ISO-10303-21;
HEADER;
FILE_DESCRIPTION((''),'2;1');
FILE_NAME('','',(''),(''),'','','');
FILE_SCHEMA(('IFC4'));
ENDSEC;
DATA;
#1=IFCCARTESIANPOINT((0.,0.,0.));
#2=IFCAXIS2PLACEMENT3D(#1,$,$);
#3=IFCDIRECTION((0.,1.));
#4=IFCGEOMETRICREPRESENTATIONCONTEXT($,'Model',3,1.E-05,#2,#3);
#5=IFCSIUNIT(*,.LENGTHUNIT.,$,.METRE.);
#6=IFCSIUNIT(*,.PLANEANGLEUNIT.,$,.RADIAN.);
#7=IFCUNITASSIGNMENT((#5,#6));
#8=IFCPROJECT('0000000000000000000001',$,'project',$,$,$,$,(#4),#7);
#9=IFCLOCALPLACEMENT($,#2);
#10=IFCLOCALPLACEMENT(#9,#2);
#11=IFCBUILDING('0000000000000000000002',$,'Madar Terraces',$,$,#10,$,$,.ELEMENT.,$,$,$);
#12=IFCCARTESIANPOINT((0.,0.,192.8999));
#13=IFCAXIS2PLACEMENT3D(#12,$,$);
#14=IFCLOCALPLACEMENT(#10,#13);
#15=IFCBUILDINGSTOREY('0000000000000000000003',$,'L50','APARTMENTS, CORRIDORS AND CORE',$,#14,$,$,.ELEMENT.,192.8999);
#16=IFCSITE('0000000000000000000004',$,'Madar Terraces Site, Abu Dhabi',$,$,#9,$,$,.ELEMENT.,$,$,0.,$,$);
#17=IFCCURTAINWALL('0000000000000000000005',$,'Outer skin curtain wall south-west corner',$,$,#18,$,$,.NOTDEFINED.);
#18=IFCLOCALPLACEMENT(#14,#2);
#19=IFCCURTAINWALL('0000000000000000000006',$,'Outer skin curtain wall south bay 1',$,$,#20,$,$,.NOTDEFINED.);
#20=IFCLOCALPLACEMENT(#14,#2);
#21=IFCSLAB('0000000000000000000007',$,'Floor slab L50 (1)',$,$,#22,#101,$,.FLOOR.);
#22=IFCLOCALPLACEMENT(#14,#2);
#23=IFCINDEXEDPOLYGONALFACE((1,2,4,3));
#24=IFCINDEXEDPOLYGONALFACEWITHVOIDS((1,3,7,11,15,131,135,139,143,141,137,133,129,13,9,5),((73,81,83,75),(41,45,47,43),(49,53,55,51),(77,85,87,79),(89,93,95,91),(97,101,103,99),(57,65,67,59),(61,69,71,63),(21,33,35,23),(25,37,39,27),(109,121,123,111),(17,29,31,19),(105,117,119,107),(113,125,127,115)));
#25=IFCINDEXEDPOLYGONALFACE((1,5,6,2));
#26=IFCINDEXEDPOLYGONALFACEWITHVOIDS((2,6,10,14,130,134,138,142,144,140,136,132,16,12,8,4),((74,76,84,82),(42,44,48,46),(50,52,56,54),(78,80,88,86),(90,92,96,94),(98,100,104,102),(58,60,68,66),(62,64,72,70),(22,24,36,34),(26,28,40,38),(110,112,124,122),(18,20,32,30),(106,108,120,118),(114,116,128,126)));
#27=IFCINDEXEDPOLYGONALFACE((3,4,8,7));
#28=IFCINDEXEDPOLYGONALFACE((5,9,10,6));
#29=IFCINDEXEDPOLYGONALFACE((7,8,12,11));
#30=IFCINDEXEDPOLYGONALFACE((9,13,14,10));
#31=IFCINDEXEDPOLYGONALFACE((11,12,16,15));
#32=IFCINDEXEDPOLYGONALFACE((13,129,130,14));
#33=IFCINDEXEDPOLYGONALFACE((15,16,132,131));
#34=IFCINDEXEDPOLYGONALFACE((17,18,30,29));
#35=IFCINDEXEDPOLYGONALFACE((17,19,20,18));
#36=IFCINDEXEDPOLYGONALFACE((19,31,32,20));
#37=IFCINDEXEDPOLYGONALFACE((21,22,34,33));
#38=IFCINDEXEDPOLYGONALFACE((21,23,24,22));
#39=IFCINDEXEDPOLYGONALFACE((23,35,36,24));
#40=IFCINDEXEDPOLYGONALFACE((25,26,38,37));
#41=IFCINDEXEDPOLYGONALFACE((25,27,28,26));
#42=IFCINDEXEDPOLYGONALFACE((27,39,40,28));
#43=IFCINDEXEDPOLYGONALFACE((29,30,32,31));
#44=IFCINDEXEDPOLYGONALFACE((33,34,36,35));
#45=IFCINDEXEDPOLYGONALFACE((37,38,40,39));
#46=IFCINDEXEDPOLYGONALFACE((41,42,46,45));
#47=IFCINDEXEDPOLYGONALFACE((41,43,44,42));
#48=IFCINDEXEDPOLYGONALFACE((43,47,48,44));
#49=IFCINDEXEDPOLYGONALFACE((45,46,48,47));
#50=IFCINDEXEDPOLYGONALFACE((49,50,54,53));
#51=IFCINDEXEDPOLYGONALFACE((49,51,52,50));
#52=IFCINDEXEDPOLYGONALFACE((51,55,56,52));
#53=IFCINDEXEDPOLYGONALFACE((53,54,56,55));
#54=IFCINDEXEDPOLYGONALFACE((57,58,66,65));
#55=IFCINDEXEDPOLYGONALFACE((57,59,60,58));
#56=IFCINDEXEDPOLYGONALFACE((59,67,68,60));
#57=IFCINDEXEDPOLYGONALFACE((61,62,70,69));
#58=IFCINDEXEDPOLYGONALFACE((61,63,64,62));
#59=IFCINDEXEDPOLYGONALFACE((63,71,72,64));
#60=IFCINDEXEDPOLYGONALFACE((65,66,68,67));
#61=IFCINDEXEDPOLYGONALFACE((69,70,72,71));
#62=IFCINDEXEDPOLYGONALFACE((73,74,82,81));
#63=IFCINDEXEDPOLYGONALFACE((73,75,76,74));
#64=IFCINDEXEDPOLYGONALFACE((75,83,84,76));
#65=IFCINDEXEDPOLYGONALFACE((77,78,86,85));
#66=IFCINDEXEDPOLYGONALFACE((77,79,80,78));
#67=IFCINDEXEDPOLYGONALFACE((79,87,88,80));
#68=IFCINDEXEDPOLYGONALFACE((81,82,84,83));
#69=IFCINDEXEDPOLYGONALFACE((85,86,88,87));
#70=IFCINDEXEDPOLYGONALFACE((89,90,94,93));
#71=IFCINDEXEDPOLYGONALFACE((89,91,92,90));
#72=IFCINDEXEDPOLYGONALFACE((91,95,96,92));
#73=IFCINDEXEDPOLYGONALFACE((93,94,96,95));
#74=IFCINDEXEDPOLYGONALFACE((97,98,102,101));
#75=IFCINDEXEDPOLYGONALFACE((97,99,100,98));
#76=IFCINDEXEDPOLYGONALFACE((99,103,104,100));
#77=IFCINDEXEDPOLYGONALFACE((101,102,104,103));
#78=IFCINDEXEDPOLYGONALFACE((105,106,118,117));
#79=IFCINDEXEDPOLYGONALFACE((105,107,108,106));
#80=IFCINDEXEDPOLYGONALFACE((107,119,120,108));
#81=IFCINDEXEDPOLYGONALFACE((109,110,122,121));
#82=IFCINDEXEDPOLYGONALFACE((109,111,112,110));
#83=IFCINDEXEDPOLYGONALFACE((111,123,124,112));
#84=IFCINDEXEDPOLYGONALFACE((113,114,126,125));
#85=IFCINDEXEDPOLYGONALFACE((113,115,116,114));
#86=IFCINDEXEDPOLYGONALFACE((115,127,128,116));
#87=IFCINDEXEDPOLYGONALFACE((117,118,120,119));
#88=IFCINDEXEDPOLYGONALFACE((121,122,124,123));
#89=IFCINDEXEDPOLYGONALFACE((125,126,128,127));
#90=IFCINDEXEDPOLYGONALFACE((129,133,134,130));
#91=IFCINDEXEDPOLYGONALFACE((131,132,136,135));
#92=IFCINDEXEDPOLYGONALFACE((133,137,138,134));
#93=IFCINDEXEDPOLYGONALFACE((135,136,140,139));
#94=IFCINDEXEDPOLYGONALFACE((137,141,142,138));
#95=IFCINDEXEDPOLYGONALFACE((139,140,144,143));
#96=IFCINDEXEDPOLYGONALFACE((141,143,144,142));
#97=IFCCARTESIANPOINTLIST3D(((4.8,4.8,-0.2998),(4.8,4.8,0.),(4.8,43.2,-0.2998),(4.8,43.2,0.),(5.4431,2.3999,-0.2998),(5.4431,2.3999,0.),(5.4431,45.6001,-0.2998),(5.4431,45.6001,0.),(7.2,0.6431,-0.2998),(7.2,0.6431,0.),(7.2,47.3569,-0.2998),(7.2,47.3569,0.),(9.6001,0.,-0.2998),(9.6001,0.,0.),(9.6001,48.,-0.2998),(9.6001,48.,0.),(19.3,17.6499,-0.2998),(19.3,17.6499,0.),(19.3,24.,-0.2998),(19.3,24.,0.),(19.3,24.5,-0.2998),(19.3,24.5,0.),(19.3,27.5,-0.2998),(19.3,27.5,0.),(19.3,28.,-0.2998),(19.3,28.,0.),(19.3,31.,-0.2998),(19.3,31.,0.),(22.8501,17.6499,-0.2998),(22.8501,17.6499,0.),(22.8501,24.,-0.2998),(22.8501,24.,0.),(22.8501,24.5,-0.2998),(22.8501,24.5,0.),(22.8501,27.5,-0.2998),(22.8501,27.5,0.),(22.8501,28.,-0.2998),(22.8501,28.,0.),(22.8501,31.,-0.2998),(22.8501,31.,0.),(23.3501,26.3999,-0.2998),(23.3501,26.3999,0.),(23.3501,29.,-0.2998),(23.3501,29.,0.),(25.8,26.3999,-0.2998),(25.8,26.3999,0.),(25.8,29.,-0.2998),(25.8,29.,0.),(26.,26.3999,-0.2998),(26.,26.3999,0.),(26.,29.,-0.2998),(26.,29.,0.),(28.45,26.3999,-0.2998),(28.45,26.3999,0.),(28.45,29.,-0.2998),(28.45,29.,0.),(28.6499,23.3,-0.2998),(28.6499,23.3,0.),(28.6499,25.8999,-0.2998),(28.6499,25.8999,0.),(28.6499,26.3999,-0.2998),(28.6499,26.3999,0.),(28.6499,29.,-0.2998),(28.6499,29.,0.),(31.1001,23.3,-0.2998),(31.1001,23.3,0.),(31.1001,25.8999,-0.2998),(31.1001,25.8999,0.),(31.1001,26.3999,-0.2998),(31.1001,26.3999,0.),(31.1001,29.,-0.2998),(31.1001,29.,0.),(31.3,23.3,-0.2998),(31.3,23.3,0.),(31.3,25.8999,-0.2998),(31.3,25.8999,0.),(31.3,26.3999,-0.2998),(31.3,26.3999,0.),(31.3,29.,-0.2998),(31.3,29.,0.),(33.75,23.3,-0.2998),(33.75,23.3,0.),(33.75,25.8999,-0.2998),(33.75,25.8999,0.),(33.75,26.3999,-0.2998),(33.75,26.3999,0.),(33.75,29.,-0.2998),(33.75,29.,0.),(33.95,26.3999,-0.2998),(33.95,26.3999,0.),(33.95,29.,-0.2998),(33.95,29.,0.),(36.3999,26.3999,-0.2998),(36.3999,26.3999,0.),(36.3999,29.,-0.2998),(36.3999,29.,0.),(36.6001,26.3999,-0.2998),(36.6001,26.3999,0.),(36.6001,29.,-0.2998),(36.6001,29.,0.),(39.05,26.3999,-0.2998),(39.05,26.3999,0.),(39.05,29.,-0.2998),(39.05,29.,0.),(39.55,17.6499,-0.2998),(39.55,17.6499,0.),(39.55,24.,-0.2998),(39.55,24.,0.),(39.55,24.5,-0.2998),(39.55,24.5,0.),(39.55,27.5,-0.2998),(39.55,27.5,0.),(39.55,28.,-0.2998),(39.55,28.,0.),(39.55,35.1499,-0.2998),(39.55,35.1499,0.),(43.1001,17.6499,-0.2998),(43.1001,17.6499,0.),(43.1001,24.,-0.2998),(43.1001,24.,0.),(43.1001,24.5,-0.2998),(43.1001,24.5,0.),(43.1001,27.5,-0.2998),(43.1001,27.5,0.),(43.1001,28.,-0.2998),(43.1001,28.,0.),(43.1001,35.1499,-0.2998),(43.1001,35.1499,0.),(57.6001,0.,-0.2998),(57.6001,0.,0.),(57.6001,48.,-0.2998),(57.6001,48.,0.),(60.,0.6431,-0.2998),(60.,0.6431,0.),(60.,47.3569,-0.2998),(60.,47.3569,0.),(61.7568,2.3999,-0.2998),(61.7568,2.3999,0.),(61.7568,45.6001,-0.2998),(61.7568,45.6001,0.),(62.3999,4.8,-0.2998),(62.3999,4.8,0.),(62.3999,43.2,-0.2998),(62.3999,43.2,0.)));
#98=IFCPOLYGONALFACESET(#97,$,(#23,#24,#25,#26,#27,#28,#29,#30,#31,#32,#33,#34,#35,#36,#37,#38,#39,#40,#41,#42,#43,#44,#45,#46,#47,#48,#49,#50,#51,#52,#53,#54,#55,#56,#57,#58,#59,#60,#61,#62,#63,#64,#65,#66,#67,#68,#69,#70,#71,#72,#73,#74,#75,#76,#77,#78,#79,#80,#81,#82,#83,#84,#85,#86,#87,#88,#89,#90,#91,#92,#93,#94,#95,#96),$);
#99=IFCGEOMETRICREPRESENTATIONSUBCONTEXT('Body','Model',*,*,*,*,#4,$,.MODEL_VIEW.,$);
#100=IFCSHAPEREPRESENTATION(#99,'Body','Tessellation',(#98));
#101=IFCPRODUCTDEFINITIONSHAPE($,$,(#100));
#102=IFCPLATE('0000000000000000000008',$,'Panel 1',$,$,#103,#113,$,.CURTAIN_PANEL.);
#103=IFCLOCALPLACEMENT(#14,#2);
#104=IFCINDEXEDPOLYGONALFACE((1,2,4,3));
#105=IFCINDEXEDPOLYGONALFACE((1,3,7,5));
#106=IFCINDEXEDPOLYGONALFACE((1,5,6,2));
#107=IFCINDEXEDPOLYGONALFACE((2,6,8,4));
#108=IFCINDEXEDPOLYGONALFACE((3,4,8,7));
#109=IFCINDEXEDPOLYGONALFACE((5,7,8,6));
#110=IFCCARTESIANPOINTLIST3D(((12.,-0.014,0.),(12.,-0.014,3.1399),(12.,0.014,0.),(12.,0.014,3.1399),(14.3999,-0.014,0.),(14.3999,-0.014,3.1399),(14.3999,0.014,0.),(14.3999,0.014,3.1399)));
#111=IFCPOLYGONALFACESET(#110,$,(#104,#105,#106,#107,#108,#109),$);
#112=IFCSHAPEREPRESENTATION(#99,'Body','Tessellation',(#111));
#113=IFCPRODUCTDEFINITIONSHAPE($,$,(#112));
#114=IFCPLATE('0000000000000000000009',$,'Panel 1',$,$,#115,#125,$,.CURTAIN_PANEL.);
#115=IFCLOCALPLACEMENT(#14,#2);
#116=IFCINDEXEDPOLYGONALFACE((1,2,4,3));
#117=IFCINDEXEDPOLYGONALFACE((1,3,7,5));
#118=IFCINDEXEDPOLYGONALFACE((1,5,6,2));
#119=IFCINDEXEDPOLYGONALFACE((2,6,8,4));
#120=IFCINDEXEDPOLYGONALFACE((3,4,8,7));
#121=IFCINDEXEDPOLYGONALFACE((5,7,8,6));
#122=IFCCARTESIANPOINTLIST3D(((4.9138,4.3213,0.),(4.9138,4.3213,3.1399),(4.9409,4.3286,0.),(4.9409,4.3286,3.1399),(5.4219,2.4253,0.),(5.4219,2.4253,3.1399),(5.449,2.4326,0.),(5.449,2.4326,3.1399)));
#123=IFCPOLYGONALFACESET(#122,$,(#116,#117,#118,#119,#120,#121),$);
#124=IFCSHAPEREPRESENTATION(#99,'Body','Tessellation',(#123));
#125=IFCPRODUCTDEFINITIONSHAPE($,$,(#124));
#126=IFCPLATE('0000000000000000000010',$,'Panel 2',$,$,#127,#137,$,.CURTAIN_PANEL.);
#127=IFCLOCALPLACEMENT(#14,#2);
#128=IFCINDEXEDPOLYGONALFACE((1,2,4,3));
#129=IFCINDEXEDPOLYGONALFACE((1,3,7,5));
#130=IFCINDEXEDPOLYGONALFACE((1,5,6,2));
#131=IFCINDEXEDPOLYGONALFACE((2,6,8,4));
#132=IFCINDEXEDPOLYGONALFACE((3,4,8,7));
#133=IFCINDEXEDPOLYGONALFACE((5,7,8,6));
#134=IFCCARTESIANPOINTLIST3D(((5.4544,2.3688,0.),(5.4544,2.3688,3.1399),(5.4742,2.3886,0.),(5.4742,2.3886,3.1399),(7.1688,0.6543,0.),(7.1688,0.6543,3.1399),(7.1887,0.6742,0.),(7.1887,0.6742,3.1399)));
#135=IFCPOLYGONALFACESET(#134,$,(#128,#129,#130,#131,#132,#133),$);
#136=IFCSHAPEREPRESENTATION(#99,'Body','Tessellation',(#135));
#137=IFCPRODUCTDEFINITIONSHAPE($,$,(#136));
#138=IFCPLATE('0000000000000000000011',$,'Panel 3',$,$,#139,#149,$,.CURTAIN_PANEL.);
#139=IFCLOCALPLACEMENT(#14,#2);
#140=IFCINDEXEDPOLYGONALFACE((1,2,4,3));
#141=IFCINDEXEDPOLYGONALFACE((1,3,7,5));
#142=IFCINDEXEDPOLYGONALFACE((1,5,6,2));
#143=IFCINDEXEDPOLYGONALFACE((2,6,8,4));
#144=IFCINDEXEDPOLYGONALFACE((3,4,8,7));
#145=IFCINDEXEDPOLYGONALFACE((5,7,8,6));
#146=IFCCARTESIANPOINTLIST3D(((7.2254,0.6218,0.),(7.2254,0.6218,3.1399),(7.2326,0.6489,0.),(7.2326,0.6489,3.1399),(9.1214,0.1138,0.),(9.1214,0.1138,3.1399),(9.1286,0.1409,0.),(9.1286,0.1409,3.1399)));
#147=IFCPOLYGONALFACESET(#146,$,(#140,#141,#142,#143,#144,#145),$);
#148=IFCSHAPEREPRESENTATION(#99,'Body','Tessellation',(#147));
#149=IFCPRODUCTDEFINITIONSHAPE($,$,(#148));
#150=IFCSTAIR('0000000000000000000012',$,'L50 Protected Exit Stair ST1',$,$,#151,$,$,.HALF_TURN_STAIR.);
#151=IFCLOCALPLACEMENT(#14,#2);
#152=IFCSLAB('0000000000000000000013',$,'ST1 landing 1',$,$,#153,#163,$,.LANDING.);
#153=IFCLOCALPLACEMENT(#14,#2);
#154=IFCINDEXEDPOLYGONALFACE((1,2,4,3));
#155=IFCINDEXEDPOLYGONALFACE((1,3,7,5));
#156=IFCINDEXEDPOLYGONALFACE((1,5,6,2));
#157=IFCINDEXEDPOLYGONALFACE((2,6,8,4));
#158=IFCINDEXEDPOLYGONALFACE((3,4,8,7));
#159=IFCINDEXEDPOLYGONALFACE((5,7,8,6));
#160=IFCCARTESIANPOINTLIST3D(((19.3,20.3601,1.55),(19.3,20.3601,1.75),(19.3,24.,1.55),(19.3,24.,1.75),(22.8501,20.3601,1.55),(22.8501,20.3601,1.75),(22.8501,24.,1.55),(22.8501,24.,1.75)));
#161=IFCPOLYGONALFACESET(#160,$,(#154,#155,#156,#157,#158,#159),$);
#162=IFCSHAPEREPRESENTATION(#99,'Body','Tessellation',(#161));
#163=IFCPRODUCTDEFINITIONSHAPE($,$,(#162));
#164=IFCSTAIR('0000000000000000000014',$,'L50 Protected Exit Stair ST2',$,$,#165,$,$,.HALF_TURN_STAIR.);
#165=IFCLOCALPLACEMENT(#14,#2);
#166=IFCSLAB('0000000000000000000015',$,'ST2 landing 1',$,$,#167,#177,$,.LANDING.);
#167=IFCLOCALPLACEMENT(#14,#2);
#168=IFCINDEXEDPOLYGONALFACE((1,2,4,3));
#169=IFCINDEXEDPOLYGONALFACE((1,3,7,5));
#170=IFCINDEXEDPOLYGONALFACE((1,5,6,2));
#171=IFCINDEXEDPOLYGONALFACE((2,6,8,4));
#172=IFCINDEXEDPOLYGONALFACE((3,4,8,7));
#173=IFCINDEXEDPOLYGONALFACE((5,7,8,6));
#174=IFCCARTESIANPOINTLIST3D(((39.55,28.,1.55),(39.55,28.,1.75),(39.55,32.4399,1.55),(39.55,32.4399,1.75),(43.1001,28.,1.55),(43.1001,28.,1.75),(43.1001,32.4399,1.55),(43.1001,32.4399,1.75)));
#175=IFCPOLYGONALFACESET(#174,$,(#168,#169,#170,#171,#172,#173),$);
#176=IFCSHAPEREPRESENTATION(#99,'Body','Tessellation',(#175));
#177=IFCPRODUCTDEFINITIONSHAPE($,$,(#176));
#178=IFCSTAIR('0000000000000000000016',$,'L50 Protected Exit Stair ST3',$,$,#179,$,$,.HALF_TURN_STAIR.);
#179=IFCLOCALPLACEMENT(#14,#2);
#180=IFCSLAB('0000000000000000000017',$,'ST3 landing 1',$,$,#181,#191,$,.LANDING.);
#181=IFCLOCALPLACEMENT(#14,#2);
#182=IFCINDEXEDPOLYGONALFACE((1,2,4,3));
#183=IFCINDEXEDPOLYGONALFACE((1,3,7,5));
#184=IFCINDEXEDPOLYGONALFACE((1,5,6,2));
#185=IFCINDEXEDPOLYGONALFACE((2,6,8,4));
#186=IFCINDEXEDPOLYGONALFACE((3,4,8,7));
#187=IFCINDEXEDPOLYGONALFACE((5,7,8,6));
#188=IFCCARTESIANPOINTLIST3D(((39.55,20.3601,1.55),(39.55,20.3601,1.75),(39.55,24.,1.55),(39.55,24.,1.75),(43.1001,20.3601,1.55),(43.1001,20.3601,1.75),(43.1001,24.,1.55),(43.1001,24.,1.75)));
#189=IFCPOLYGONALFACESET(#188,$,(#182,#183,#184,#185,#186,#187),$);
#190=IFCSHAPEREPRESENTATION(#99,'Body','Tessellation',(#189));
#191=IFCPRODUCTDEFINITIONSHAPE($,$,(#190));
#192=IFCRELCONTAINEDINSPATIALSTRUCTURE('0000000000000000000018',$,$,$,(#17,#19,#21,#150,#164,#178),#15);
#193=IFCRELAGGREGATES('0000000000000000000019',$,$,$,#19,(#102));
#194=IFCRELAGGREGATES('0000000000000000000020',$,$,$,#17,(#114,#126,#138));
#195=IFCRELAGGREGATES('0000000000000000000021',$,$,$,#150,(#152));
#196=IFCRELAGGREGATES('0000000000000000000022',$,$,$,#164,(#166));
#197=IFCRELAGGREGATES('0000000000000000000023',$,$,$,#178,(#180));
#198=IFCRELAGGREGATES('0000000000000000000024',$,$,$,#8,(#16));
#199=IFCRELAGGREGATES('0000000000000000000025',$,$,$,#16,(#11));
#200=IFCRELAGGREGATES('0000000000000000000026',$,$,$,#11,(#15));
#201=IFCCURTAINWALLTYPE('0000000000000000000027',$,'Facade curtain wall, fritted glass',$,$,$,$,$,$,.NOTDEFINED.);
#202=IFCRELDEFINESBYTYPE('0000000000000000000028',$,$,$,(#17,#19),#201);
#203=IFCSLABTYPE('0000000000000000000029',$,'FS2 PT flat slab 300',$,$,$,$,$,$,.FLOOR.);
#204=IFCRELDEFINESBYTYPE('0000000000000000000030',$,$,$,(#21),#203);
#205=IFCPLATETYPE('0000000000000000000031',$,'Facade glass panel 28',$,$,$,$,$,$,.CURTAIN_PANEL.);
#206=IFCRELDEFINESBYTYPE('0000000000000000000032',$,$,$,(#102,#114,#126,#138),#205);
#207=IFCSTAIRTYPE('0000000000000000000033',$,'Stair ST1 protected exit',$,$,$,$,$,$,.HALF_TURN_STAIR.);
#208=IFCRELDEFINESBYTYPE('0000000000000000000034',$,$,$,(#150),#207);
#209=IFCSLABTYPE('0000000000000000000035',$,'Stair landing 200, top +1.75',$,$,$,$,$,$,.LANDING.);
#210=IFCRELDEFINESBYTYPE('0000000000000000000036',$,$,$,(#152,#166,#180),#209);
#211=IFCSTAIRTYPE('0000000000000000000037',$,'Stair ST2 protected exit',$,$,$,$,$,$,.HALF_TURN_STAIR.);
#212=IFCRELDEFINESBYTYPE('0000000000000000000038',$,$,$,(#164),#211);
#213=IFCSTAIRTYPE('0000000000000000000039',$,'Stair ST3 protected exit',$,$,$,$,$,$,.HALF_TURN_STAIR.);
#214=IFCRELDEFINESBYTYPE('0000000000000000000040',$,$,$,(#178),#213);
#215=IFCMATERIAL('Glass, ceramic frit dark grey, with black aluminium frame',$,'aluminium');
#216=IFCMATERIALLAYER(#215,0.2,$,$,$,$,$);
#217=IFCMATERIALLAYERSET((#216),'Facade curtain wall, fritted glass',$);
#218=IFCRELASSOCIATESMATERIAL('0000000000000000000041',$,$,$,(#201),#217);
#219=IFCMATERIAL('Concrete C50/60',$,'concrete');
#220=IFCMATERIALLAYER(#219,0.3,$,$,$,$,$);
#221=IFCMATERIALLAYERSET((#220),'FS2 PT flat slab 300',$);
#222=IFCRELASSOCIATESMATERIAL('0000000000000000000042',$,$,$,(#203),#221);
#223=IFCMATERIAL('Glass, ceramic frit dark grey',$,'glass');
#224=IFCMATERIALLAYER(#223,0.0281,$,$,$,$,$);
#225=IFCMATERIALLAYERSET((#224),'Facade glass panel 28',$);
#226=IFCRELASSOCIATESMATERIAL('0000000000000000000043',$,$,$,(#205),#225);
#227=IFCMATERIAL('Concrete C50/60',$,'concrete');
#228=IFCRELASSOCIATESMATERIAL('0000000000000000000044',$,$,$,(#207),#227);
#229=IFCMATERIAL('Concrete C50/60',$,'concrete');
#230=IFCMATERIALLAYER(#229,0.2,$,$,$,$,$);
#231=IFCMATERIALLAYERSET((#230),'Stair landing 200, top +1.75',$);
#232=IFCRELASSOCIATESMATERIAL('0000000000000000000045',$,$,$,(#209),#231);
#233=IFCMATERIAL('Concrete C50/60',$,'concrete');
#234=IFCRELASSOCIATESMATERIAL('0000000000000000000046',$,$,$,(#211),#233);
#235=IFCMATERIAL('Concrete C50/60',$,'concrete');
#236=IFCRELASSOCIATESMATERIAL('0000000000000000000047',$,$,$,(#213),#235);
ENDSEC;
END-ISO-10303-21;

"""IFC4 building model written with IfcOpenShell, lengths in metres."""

from ifc_helpers import new_model, si_unit, direction, frame, origin, origin_2d, place, context, subcontext, project, spatial, polyline, rectangle, outline, extrude, material, layer, layer_set, type_object, element, aggregate, save


model = new_model("IFC4")

# Units and contexts
model_context = context("Model", 3, precision=1e-05, world=origin(), true_north=direction((0.0, 1.0)))
body_context = subcontext(model_context, "Body", "Model", "MODEL_VIEW")
ifc_project = project(units=[si_unit("LENGTHUNIT", "METRE"), si_unit("PLANEANGLEUNIT", "RADIAN")], contexts=[model_context])

# Site, building, storey
site_placement = place(None, origin())
site = spatial("IfcSite", under=ifc_project, at=site_placement, Name="Madar Terraces Site, Abu Dhabi", CompositionType="ELEMENT", RefElevation=0.0)
building_placement = place(site_placement, origin())
building = spatial("IfcBuilding", under=site, at=building_placement, Name="Madar Terraces", CompositionType="ELEMENT")
storey_placement = place(building_placement, frame((0.0, 0.0, 192.8999)))
storey = spatial("IfcBuildingStorey", under=building, at=storey_placement, Name="L50", Description="APARTMENTS, CORRIDORS AND CORE", CompositionType="ELEMENT", Elevation=192.8999)

# Curtain wall
ifc_material_1 = material(Name="Glass, ceramic frit dark grey, with black aluminium frame", Category="aluminium")
ifc_layer_1 = layer(ifc_material_1, 0.2)
ifc_layer_set_1 = layer_set([ifc_layer_1], Name="Facade curtain wall, fritted glass")
curtain_wall_type = type_object("IfcCurtainWallType", Name="Facade curtain wall, fritted glass", PredefinedType="NOTDEFINED", material=ifc_layer_set_1)
curtain_wall_1_placement = place(storey_placement, origin())
curtain_wall_1 = element("IfcCurtainWall", 1, at=curtain_wall_1_placement, inside=storey, type_object=curtain_wall_type, Name="Outer skin curtain wall south-west corner", PredefinedType="NOTDEFINED")

# Curtain wall
curtain_wall_2_placement = place(storey_placement, origin())
curtain_wall_2 = element("IfcCurtainWall", 2, at=curtain_wall_2_placement, inside=storey, type_object=curtain_wall_type, Name="Outer skin curtain wall south bay 1", PredefinedType="NOTDEFINED")

# Slab
ifc_material_2 = material(Name="Concrete C50/60", Category="concrete")
ifc_layer_2 = layer(ifc_material_2, 0.3)
ifc_layer_set_2 = layer_set([ifc_layer_2], Name="FS2 PT flat slab 300")
slab_type_1 = type_object("IfcSlabType", Name="FS2 PT flat slab 300", PredefinedType="FLOOR", material=ifc_layer_set_2)
slab_1_placement = place(storey_placement, frame((0.0, 0.0, -0.2998)))
element("IfcSlab", 3, at=slab_1_placement, inside=storey, type_object=slab_type_1, Name="Floor slab L50 (1)", PredefinedType="FLOOR", context=body_context, shape_type="SweptSolid", body=[
    extrude(outline(polyline([(57.6001, 0.0), (60.0, 0.6431), (61.7568, 2.3999), (62.3999, 4.8), (62.3999, 43.2), (61.7568, 45.6001), (60.0, 47.3569), (57.6001, 48.0), (9.6001, 48.0), (7.2, 47.3569), (5.4431, 45.6001), (4.8, 43.2), (4.8, 4.8), (5.4431, 2.3999), (7.2, 0.6431), (9.6001, 0.0), (57.6001, 0.0)]), holes=[polyline([(22.8501, 17.6499), (19.3, 17.6499), (19.3, 24.0), (22.8501, 24.0), (22.8501, 17.6499)]), polyline([(28.6499, 23.3), (28.6499, 25.8999), (31.1001, 25.8999), (31.1001, 23.3), (28.6499, 23.3)]), polyline([(19.3, 24.5), (19.3, 27.5), (22.8501, 27.5), (22.8501, 24.5), (19.3, 24.5)]), polyline([(23.3501, 26.3999), (23.3501, 29.0), (25.8, 29.0), (25.8, 26.3999), (23.3501, 26.3999)]), polyline([(26.0, 26.3999), (26.0, 29.0), (28.45, 29.0), (28.45, 26.3999), (26.0, 26.3999)]), polyline([(28.6499, 26.3999), (28.6499, 29.0), (31.1001, 29.0), (31.1001, 26.3999), (28.6499, 26.3999)]), polyline([(19.3, 28.0), (19.3, 31.0), (22.8501, 31.0), (22.8501, 28.0), (19.3, 28.0)]), polyline([(43.1001, 17.6499), (39.55, 17.6499), (39.55, 24.0), (43.1001, 24.0), (43.1001, 17.6499)]), polyline([(31.3, 23.3), (31.3, 25.8999), (33.75, 25.8999), (33.75, 23.3), (31.3, 23.3)]), polyline([(39.55, 24.5), (39.55, 27.5), (43.1001, 27.5), (43.1001, 24.5), (39.55, 24.5)]), polyline([(31.3, 26.3999), (31.3, 29.0), (33.75, 29.0), (33.75, 26.3999), (31.3, 26.3999)]), polyline([(33.95, 26.3999), (33.95, 29.0), (36.3999, 29.0), (36.3999, 26.3999), (33.95, 26.3999)]), polyline([(36.6001, 26.3999), (36.6001, 29.0), (39.05, 29.0), (39.05, 26.3999), (36.6001, 26.3999)]), polyline([(39.55, 28.0), (39.55, 35.1499), (43.1001, 35.1499), (43.1001, 28.0), (39.55, 28.0)])]), origin(), (0.0, 0.0, 1.0), 0.2998),
])

# Plates
ifc_material_3 = material(Name="Glass, ceramic frit dark grey", Category="glass")
ifc_layer_3 = layer(ifc_material_3, 0.0281)
ifc_layer_set_3 = layer_set([ifc_layer_3], Name="Facade glass panel 28")
plate_type = type_object("IfcPlateType", Name="Facade glass panel 28", PredefinedType="CURTAIN_PANEL", material=ifc_layer_set_3)
plate_1_placement = place(storey_placement, frame((13.2, 0.0, 0.0), z_axis=(0.0, 0.0, 1.0), x_axis=(1.0, 0.0, 0.0)))
plate_1 = element("IfcPlate", 4, at=plate_1_placement, type_object=plate_type, Name="Panel 1", PredefinedType="CURTAIN_PANEL", context=body_context, shape_type="SweptSolid", body=[
    extrude(rectangle(XDim=2.3999, YDim=0.0281, at=origin_2d()), origin(), (0.0, 0.0, 1.0), 3.1399),
])
aggregate(curtain_wall_2, [plate_1])
plate_2_placement = place(storey_placement, frame((5.1814, 3.377, 0.0), z_axis=(0.0, 0.0, 1.0), x_axis=(0.258819, -0.965926, 0.0)))
plate_2 = element("IfcPlate", 5, at=plate_2_placement, type_object=plate_type, Name="Panel 1", PredefinedType="CURTAIN_PANEL", context=body_context, shape_type="SweptSolid", body=[
    extrude(rectangle(XDim=1.9629, YDim=0.0281, at=origin_2d()), origin(), (0.0, 0.0, 1.0), 3.1399),
])
plate_3_placement = place(storey_placement, frame((6.3215, 1.5215, 0.0), z_axis=(0.0, 0.0, 1.0), x_axis=(0.707107, -0.707107, 0.0)))
plate_3 = element("IfcPlate", 6, at=plate_3_placement, type_object=plate_type, Name="Panel 2", PredefinedType="CURTAIN_PANEL", context=body_context, shape_type="SweptSolid", body=[
    extrude(rectangle(XDim=2.4246, YDim=0.0281, at=origin_2d()), origin(), (0.0, 0.0, 1.0), 3.1399),
])
plate_4_placement = place(storey_placement, frame((8.177, 0.3813, 0.0), z_axis=(0.0, 0.0, 1.0), x_axis=(0.965926, -0.258819, 0.0)))
plate_4 = element("IfcPlate", 7, at=plate_4_placement, type_object=plate_type, Name="Panel 3", PredefinedType="CURTAIN_PANEL", context=body_context, shape_type="SweptSolid", body=[
    extrude(rectangle(XDim=1.9629, YDim=0.0281, at=origin_2d()), origin(), (0.0, 0.0, 1.0), 3.1399),
])
aggregate(curtain_wall_1, [plate_2, plate_3, plate_4])

# Stairs, slabs
ifc_material_4 = material(Name="Concrete C50/60", Category="concrete")
stair_type_1 = type_object("IfcStairType", Name="Stair ST1 protected exit", PredefinedType="HALF_TURN_STAIR", material=ifc_material_4)
stair_1_placement = place(storey_placement, origin())
stair_1 = element("IfcStair", 8, at=stair_1_placement, inside=storey, type_object=stair_type_1, Name="L50 Protected Exit Stair ST1", PredefinedType="HALF_TURN_STAIR")
ifc_material_5 = material(Name="Concrete C50/60", Category="concrete")
ifc_layer_4 = layer(ifc_material_5, 0.2)
ifc_layer_set_4 = layer_set([ifc_layer_4], Name="Stair landing 200, top +1.75")
slab_type_2 = type_object("IfcSlabType", Name="Stair landing 200, top +1.75", PredefinedType="LANDING", material=ifc_layer_set_4)
slab_2_placement = place(storey_placement, frame((0.0, 0.0, 1.55)))
slab_2 = element("IfcSlab", 9, at=slab_2_placement, type_object=slab_type_2, Name="ST1 landing 1", PredefinedType="LANDING", context=body_context, shape_type="SweptSolid", body=[
    extrude(outline(polyline([(19.3, 20.3601), (22.8501, 20.3601), (22.8501, 24.0), (19.3, 24.0), (19.3, 20.3601)])), origin(), (0.0, 0.0, 1.0), 0.2),
])
aggregate(stair_1, [slab_2])
ifc_material_6 = material(Name="Concrete C50/60", Category="concrete")
stair_type_2 = type_object("IfcStairType", Name="Stair ST2 protected exit", PredefinedType="HALF_TURN_STAIR", material=ifc_material_6)
stair_2_placement = place(storey_placement, origin())
stair_2 = element("IfcStair", 10, at=stair_2_placement, inside=storey, type_object=stair_type_2, Name="L50 Protected Exit Stair ST2", PredefinedType="HALF_TURN_STAIR")
slab_3_placement = place(storey_placement, frame((0.0, 0.0, 1.55)))
slab_3 = element("IfcSlab", 11, at=slab_3_placement, type_object=slab_type_2, Name="ST2 landing 1", PredefinedType="LANDING", context=body_context, shape_type="SweptSolid", body=[
    extrude(outline(polyline([(39.55, 28.0), (43.1001, 28.0), (43.1001, 32.4399), (39.55, 32.4399), (39.55, 28.0)])), origin(), (0.0, 0.0, 1.0), 0.2),
])
aggregate(stair_2, [slab_3])
ifc_material_7 = material(Name="Concrete C50/60", Category="concrete")
stair_type_3 = type_object("IfcStairType", Name="Stair ST3 protected exit", PredefinedType="HALF_TURN_STAIR", material=ifc_material_7)
stair_3_placement = place(storey_placement, origin())
stair_3 = element("IfcStair", 12, at=stair_3_placement, inside=storey, type_object=stair_type_3, Name="L50 Protected Exit Stair ST3", PredefinedType="HALF_TURN_STAIR")
slab_4_placement = place(storey_placement, frame((0.0, 0.0, 1.55)))
slab_4 = element("IfcSlab", 13, at=slab_4_placement, type_object=slab_type_2, Name="ST3 landing 1", PredefinedType="LANDING", context=body_context, shape_type="SweptSolid", body=[
    extrude(outline(polyline([(39.55, 20.3601), (43.1001, 20.3601), (43.1001, 24.0), (39.55, 24.0), (39.55, 20.3601)])), origin(), (0.0, 0.0, 1.0), 0.2),
])
aggregate(stair_3, [slab_4])

save(model, "model.ifc")
